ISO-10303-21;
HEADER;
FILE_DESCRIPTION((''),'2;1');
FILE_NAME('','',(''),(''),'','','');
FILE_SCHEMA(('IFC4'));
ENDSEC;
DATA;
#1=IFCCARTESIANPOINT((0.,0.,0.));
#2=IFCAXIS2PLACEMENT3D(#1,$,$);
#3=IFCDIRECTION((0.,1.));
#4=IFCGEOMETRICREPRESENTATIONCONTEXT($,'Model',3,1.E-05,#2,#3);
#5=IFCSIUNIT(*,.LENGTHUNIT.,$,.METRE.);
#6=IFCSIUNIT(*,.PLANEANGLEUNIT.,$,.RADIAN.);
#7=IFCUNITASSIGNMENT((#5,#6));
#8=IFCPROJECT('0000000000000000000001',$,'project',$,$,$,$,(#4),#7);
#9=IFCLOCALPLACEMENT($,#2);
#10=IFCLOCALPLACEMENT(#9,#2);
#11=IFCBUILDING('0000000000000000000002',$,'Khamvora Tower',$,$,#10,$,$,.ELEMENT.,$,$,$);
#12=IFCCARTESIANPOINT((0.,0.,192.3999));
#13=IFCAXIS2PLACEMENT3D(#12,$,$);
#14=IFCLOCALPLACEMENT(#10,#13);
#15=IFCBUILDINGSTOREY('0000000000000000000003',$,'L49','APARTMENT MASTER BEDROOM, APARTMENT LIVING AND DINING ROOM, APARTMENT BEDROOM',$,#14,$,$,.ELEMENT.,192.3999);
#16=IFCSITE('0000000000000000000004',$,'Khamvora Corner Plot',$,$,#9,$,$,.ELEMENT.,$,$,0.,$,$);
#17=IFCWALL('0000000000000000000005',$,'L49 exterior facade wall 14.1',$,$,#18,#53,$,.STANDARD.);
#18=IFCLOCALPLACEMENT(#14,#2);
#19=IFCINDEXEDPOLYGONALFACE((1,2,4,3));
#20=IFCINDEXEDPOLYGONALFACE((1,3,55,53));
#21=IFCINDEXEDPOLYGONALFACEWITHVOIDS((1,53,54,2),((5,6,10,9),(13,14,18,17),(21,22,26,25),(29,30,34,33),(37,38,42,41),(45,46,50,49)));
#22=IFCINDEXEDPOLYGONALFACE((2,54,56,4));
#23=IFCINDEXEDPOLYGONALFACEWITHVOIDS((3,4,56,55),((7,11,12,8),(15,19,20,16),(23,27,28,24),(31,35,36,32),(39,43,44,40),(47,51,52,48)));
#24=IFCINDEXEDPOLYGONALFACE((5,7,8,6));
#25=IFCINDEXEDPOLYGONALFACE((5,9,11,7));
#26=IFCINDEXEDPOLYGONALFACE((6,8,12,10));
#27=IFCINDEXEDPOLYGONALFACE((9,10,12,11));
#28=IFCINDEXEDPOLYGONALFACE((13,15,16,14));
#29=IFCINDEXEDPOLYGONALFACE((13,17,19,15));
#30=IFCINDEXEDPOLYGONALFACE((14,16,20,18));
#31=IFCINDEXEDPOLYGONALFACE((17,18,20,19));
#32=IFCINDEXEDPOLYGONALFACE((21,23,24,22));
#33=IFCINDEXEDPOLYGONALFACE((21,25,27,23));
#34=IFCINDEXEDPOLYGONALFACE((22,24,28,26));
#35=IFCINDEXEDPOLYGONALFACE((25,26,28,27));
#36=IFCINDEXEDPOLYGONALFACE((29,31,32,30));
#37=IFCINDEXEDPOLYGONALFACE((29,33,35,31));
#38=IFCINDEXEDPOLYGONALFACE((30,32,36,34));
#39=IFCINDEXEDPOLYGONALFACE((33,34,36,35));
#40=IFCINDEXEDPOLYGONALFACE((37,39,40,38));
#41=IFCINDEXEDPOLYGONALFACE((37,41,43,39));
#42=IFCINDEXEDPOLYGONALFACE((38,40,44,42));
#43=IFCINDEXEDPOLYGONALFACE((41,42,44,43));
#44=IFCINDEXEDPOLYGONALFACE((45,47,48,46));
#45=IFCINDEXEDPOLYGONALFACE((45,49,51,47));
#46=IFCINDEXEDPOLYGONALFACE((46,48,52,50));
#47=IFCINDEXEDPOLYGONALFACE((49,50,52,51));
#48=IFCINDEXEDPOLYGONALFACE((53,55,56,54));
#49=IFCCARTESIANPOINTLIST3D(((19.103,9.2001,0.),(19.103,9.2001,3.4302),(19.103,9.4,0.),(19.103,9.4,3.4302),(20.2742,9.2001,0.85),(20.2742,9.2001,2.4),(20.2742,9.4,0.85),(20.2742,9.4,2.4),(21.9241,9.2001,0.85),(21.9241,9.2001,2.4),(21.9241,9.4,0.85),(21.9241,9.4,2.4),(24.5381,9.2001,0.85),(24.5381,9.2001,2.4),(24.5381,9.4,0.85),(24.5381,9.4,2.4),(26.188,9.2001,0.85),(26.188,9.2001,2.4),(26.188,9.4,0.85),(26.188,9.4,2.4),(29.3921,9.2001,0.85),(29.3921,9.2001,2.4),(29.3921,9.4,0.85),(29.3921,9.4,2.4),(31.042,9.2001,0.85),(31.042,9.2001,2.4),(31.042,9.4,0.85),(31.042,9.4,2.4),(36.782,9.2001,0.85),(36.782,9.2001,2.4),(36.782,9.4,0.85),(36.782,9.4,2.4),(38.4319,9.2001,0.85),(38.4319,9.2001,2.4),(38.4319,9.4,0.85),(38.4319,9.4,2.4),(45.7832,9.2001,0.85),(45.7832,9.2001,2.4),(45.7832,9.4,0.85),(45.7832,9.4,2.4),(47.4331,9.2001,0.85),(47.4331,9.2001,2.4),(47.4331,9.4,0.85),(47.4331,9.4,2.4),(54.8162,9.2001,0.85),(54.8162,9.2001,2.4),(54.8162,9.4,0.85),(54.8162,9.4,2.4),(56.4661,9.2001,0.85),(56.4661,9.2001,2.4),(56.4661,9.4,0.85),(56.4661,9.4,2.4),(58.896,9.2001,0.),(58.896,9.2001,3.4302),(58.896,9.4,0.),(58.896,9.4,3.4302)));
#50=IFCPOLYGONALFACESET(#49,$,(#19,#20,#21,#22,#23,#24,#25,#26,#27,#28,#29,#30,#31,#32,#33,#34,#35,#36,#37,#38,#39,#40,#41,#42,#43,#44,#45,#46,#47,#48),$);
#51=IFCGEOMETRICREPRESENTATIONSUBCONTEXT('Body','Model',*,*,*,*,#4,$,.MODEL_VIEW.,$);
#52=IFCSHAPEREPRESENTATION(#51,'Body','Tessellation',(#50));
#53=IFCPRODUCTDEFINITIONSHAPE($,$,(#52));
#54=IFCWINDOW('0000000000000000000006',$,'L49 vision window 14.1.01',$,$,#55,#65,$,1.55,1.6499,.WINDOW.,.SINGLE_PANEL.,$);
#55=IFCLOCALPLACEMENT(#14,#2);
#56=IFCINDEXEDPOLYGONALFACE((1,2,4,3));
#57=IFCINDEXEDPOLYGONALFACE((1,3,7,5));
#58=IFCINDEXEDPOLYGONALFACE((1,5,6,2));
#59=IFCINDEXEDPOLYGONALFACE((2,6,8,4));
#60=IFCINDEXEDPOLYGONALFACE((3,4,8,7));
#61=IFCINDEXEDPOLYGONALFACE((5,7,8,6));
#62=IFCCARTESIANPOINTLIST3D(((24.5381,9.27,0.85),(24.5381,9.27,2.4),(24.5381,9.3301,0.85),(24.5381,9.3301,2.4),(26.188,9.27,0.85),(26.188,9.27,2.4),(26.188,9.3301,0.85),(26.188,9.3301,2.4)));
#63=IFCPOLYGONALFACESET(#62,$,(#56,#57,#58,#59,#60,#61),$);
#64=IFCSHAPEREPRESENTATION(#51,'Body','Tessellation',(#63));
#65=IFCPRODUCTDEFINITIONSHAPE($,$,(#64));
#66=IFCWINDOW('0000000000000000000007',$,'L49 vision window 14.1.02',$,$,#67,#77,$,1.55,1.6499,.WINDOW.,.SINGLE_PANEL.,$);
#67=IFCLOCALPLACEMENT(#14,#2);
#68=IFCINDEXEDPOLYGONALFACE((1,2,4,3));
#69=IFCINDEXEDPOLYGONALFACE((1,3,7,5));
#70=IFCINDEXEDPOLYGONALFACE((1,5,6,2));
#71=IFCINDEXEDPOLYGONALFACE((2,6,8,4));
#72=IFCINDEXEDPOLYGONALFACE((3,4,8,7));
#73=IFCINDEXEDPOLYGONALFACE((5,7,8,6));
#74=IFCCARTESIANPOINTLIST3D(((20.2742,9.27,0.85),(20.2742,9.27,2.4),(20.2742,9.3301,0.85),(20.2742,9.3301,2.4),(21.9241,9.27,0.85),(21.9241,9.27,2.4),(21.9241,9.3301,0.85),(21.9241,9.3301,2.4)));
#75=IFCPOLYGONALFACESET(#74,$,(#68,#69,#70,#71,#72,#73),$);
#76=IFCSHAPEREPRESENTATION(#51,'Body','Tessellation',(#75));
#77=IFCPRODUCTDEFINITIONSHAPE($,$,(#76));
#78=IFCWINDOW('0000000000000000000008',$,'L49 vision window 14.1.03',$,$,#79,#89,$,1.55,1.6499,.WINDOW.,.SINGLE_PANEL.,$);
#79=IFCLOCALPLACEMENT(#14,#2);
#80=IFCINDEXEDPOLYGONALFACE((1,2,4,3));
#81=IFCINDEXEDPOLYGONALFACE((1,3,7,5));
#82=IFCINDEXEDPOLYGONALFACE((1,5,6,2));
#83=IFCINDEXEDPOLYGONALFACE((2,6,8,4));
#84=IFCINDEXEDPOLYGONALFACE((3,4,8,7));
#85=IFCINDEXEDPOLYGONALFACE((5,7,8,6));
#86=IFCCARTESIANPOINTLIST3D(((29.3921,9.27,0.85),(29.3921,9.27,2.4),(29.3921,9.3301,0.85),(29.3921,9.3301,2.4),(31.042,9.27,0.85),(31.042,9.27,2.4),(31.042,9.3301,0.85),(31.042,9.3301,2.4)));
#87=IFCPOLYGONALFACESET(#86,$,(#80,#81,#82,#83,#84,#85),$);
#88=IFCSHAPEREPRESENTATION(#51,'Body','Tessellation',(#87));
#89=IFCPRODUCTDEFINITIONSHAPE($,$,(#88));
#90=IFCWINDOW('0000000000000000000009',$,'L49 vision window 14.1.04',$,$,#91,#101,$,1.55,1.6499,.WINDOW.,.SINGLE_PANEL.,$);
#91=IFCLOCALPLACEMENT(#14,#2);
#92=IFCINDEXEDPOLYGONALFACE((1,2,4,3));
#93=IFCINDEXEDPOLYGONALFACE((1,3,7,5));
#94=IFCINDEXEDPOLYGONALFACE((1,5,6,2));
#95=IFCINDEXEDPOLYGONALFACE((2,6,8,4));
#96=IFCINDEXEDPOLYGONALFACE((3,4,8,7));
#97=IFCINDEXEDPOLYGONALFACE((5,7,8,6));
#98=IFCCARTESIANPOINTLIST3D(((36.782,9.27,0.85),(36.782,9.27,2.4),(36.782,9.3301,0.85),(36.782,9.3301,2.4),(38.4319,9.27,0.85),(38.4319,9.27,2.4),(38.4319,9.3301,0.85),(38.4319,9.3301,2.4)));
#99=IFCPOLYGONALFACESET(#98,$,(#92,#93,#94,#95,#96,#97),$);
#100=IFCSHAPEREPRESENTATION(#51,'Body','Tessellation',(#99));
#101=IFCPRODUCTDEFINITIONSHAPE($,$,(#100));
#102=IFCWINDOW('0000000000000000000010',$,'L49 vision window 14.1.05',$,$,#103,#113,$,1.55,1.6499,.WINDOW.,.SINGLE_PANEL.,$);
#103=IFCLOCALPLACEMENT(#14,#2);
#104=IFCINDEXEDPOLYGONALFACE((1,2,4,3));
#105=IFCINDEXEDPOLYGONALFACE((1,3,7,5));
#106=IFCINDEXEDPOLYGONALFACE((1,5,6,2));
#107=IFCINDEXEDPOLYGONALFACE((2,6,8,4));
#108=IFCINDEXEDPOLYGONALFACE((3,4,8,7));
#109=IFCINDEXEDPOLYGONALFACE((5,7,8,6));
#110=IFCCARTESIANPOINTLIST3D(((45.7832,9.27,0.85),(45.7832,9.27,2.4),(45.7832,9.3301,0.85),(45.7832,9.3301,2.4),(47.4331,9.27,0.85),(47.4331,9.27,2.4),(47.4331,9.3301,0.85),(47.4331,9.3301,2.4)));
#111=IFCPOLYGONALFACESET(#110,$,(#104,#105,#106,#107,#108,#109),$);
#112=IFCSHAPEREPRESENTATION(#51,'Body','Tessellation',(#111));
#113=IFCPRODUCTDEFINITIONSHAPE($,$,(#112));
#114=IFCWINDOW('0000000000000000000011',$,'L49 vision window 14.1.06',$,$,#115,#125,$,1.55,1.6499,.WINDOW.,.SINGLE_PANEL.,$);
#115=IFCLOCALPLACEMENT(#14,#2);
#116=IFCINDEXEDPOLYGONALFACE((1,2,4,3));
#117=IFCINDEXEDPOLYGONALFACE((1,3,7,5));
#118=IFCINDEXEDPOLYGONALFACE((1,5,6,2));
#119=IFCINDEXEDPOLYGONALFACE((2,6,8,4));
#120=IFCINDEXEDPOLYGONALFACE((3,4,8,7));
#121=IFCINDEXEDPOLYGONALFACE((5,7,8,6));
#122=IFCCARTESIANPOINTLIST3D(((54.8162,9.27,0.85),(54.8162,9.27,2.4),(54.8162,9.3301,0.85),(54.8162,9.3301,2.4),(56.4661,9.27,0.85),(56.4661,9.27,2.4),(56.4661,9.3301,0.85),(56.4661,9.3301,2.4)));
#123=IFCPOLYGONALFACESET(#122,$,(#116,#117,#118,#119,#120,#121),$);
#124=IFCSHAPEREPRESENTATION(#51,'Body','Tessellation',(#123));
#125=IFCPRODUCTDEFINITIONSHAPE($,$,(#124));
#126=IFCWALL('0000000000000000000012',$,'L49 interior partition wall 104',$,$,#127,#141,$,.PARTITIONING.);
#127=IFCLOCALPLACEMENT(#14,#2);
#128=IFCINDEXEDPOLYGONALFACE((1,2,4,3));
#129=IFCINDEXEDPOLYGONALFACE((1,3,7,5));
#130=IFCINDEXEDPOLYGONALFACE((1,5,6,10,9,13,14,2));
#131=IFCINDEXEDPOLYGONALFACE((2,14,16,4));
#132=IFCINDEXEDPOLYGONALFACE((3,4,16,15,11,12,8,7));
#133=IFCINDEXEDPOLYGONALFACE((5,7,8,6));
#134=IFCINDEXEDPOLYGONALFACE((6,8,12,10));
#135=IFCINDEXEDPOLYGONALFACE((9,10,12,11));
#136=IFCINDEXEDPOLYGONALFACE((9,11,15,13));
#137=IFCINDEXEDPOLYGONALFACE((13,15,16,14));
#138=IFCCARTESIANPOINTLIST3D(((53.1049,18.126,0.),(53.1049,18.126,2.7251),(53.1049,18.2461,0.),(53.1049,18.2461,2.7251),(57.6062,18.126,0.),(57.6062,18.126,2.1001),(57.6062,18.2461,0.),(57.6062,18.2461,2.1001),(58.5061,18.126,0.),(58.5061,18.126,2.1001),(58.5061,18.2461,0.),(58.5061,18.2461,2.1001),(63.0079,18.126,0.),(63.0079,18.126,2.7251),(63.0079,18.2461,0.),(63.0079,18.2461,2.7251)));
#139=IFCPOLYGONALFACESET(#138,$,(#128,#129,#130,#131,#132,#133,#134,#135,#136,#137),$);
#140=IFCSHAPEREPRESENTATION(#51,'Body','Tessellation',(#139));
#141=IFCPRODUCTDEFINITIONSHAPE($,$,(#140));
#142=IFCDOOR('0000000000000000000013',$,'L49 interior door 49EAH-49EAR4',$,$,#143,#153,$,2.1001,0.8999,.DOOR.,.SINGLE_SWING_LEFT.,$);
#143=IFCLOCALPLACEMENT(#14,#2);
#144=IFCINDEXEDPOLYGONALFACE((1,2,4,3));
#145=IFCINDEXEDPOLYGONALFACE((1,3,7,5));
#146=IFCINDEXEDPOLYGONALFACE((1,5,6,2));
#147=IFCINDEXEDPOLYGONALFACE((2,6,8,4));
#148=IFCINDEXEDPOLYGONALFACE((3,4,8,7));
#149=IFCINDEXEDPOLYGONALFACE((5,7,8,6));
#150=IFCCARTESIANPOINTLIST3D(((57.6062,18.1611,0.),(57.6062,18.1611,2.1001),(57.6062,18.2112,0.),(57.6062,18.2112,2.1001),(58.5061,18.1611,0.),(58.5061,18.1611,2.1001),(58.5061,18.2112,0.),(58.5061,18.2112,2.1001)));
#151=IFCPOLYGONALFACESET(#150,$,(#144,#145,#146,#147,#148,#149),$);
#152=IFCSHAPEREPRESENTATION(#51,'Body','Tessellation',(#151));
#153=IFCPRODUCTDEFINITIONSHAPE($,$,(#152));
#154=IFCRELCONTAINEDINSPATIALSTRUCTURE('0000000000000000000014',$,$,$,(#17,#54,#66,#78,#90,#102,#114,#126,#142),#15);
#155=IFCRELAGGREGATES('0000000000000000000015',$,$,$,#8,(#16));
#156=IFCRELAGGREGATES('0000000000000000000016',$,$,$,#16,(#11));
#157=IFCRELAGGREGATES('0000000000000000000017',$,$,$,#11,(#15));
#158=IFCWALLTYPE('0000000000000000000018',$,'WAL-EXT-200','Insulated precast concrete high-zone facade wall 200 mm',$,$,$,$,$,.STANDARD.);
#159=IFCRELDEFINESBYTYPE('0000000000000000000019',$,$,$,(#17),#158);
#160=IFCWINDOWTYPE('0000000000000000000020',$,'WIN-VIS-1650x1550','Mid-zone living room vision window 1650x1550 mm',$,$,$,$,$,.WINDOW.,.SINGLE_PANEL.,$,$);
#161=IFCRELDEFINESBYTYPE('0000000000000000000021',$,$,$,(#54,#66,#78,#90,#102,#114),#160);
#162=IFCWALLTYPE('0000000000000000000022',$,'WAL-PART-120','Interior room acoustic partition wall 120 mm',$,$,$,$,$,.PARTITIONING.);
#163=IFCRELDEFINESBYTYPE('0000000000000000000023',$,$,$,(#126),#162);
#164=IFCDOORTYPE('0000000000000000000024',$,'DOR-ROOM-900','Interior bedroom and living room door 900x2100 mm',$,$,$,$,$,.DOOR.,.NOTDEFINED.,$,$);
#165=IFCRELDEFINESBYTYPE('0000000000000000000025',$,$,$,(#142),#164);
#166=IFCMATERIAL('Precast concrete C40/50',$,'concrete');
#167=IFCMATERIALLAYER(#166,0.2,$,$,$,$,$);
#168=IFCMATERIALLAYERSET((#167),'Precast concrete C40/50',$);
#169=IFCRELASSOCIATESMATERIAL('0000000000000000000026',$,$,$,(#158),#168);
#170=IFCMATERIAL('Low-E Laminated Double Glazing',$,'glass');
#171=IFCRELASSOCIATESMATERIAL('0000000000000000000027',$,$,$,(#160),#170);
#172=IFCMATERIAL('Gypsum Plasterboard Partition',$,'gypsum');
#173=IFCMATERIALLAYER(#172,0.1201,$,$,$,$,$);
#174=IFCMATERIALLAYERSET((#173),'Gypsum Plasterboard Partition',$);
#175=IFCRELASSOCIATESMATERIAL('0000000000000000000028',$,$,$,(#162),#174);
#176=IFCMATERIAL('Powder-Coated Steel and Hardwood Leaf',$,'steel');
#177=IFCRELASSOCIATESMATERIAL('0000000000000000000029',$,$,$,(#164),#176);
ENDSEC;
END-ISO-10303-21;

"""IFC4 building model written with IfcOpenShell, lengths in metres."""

from ifc_helpers import new_model, si_unit, direction, frame, frame_2d, origin, place, context, subcontext, project, spatial, rectangle, extrude, material, layer, layer_set, type_object, element, fill, save


model = new_model("IFC4")

# Units and contexts
model_context = context("Model", 3, precision=1e-05, world=origin(), true_north=direction((0.0, 1.0)))
body_context = subcontext(model_context, "Body", "Model", "MODEL_VIEW")
ifc_project = project(units=[si_unit("LENGTHUNIT", "METRE"), si_unit("PLANEANGLEUNIT", "RADIAN")], contexts=[model_context])

# Site, building, storey
site_placement = place(None, origin())
site = spatial("IfcSite", under=ifc_project, at=site_placement, Name="Khamvora Corner Plot", CompositionType="ELEMENT", RefElevation=0.0)
building_placement = place(site_placement, origin())
building = spatial("IfcBuilding", under=site, at=building_placement, Name="Khamvora Tower", CompositionType="ELEMENT")
storey_placement = place(building_placement, frame((0.0, 0.0, 192.3999)))
storey = spatial("IfcBuildingStorey", under=building, at=storey_placement, Name="L49", Description="APARTMENT MASTER BEDROOM, APARTMENT LIVING AND DINING ROOM, APARTMENT BEDROOM", CompositionType="ELEMENT", Elevation=192.3999)

# Shared definitions
ifc_material_1 = material(Name="Precast concrete C40/50", Category="concrete")
ifc_layer_1 = layer(ifc_material_1, 0.2)
ifc_layer_set_1 = layer_set([ifc_layer_1], Name="Precast concrete C40/50")
wall_type_1 = type_object("IfcWallType", Name="WAL-EXT-200", Description="Insulated precast concrete high-zone facade wall 200 mm", PredefinedType="STANDARD", material=ifc_layer_set_1)

# Wall, openings, windows
wall_1_placement = place(storey_placement, frame((58.896, 9.3, 0.0), z_axis=(0.0, 0.0, 1.0), x_axis=(-1.0, 0.0, 0.0)))
wall_1 = element("IfcWall", 1, at=wall_1_placement, inside=storey, type_object=wall_type_1, Name="L49 exterior facade wall 14.1", PredefinedType="STANDARD", context=body_context, shape_type="SweptSolid", body=[
    extrude(rectangle(XDim=39.793, YDim=0.2, at=frame_2d((19.8965, 0.0))), origin(), (0.0, 0.0, 1.0), 3.4302),
])
opening_1_placement = place(wall_1_placement, frame((32.708, 0.0, 0.8501)))
opening_1 = element("IfcOpeningElement", 2, at=opening_1_placement, cuts=wall_1, PredefinedType="OPENING", context=body_context, shape_type="SweptSolid", body=[
    extrude(rectangle(XDim=1.6499, YDim=1.55, at=frame_2d((0.825, 0.7749))), frame((0.0, 0.1099, 0.0), z_axis=(0.0, -1.0, 0.0), x_axis=(1.0, 0.0, 0.0)), (0.0, 0.0, 1.0), 0.22),
])
opening_2_placement = place(wall_1_placement, frame((36.9719, 0.0, 0.8501)))
opening_2 = element("IfcOpeningElement", 3, at=opening_2_placement, cuts=wall_1, PredefinedType="OPENING", context=body_context, shape_type="SweptSolid", body=[
    extrude(rectangle(XDim=1.6499, YDim=1.55, at=frame_2d((0.825, 0.7749))), frame((0.0, 0.1099, 0.0), z_axis=(0.0, -1.0, 0.0), x_axis=(1.0, 0.0, 0.0)), (0.0, 0.0, 1.0), 0.22),
])
opening_3_placement = place(wall_1_placement, frame((27.854, 0.0, 0.8501)))
opening_3 = element("IfcOpeningElement", 4, at=opening_3_placement, cuts=wall_1, PredefinedType="OPENING", context=body_context, shape_type="SweptSolid", body=[
    extrude(rectangle(XDim=1.6499, YDim=1.55, at=frame_2d((0.825, 0.7749))), frame((0.0, 0.1099, 0.0), z_axis=(0.0, -1.0, 0.0), x_axis=(1.0, 0.0, 0.0)), (0.0, 0.0, 1.0), 0.22),
])
opening_4_placement = place(wall_1_placement, frame((20.4641, 0.0, 0.8501)))
opening_4 = element("IfcOpeningElement", 5, at=opening_4_placement, cuts=wall_1, PredefinedType="OPENING", context=body_context, shape_type="SweptSolid", body=[
    extrude(rectangle(XDim=1.6499, YDim=1.55, at=frame_2d((0.825, 0.7749))), frame((0.0, 0.1099, 0.0), z_axis=(0.0, -1.0, 0.0), x_axis=(1.0, 0.0, 0.0)), (0.0, 0.0, 1.0), 0.22),
])
opening_5_placement = place(wall_1_placement, frame((11.4629, 0.0, 0.8501)))
opening_5 = element("IfcOpeningElement", 6, at=opening_5_placement, cuts=wall_1, PredefinedType="OPENING", context=body_context, shape_type="SweptSolid", body=[
    extrude(rectangle(XDim=1.6499, YDim=1.55, at=frame_2d((0.825, 0.7749))), frame((0.0, 0.1099, 0.0), z_axis=(0.0, -1.0, 0.0), x_axis=(1.0, 0.0, 0.0)), (0.0, 0.0, 1.0), 0.22),
])
opening_6_placement = place(wall_1_placement, frame((2.4299, 0.0, 0.8501)))
opening_6 = element("IfcOpeningElement", 7, at=opening_6_placement, cuts=wall_1, PredefinedType="OPENING", context=body_context, shape_type="SweptSolid", body=[
    extrude(rectangle(XDim=1.6499, YDim=1.55, at=frame_2d((0.825, 0.7749))), frame((0.0, 0.1099, 0.0), z_axis=(0.0, -1.0, 0.0), x_axis=(1.0, 0.0, 0.0)), (0.0, 0.0, 1.0), 0.22),
])
ifc_material_2 = material(Name="Low-E Laminated Double Glazing", Category="glass")
window_type = type_object("IfcWindowType", Name="WIN-VIS-1650x1550", Description="Mid-zone living room vision window 1650x1550 mm", PartitioningType="SINGLE_PANEL", PredefinedType="WINDOW", material=ifc_material_2)
window_1_placement = place(opening_1_placement, origin())
window_1 = element("IfcWindow", 8, at=window_1_placement, inside=storey, type_object=window_type, Name="L49 vision window 14.1.01", OverallHeight=1.55, OverallWidth=1.6499, PartitioningType="SINGLE_PANEL", PredefinedType="WINDOW", context=body_context, shape_type="SweptSolid", body=[
    extrude(rectangle(XDim=1.6499, YDim=1.55, at=frame_2d((0.825, 0.7749))), frame((0.0, 0.03, 0.0), z_axis=(0.0, -1.0, 0.0), x_axis=(1.0, 0.0, 0.0)), (0.0, 0.0, 1.0), 0.0601),
])
fill(opening_1, window_1)
window_2_placement = place(opening_2_placement, origin())
window_2 = element("IfcWindow", 9, at=window_2_placement, inside=storey, type_object=window_type, Name="L49 vision window 14.1.02", OverallHeight=1.55, OverallWidth=1.6499, PartitioningType="SINGLE_PANEL", PredefinedType="WINDOW", context=body_context, shape_type="SweptSolid", body=[
    extrude(rectangle(XDim=1.6499, YDim=1.55, at=frame_2d((0.825, 0.7749))), frame((0.0, 0.03, 0.0), z_axis=(0.0, -1.0, 0.0), x_axis=(1.0, 0.0, 0.0)), (0.0, 0.0, 1.0), 0.0601),
])
fill(opening_2, window_2)
window_3_placement = place(opening_3_placement, origin())
window_3 = element("IfcWindow", 10, at=window_3_placement, inside=storey, type_object=window_type, Name="L49 vision window 14.1.03", OverallHeight=1.55, OverallWidth=1.6499, PartitioningType="SINGLE_PANEL", PredefinedType="WINDOW", context=body_context, shape_type="SweptSolid", body=[
    extrude(rectangle(XDim=1.6499, YDim=1.55, at=frame_2d((0.825, 0.7749))), frame((0.0, 0.03, 0.0), z_axis=(0.0, -1.0, 0.0), x_axis=(1.0, 0.0, 0.0)), (0.0, 0.0, 1.0), 0.0601),
])
fill(opening_3, window_3)
window_4_placement = place(opening_4_placement, origin())
window_4 = element("IfcWindow", 11, at=window_4_placement, inside=storey, type_object=window_type, Name="L49 vision window 14.1.04", OverallHeight=1.55, OverallWidth=1.6499, PartitioningType="SINGLE_PANEL", PredefinedType="WINDOW", context=body_context, shape_type="SweptSolid", body=[
    extrude(rectangle(XDim=1.6499, YDim=1.55, at=frame_2d((0.825, 0.7749))), frame((0.0, 0.03, 0.0), z_axis=(0.0, -1.0, 0.0), x_axis=(1.0, 0.0, 0.0)), (0.0, 0.0, 1.0), 0.0601),
])
fill(opening_4, window_4)
window_5_placement = place(opening_5_placement, origin())
window_5 = element("IfcWindow", 12, at=window_5_placement, inside=storey, type_object=window_type, Name="L49 vision window 14.1.05", OverallHeight=1.55, OverallWidth=1.6499, PartitioningType="SINGLE_PANEL", PredefinedType="WINDOW", context=body_context, shape_type="SweptSolid", body=[
    extrude(rectangle(XDim=1.6499, YDim=1.55, at=frame_2d((0.825, 0.7749))), frame((0.0, 0.03, 0.0), z_axis=(0.0, -1.0, 0.0), x_axis=(1.0, 0.0, 0.0)), (0.0, 0.0, 1.0), 0.0601),
])
fill(opening_5, window_5)
window_6_placement = place(opening_6_placement, origin())
window_6 = element("IfcWindow", 13, at=window_6_placement, inside=storey, type_object=window_type, Name="L49 vision window 14.1.06", OverallHeight=1.55, OverallWidth=1.6499, PartitioningType="SINGLE_PANEL", PredefinedType="WINDOW", context=body_context, shape_type="SweptSolid", body=[
    extrude(rectangle(XDim=1.6499, YDim=1.55, at=frame_2d((0.825, 0.7749))), frame((0.0, 0.03, 0.0), z_axis=(0.0, -1.0, 0.0), x_axis=(1.0, 0.0, 0.0)), (0.0, 0.0, 1.0), 0.0601),
])
fill(opening_6, window_6)

# Wall, opening, door
ifc_material_3 = material(Name="Gypsum Plasterboard Partition", Category="gypsum")
ifc_layer_2 = layer(ifc_material_3, 0.1201)
ifc_layer_set_2 = layer_set([ifc_layer_2], Name="Gypsum Plasterboard Partition")
wall_type_2 = type_object("IfcWallType", Name="WAL-PART-120", Description="Interior room acoustic partition wall 120 mm", PredefinedType="PARTITIONING", material=ifc_layer_set_2)
wall_2_placement = place(storey_placement, frame((63.0081, 18.186, 0.0), z_axis=(0.0, 0.0, 1.0), x_axis=(-1.0, 0.0, 0.0)))
wall_2 = element("IfcWall", 14, at=wall_2_placement, inside=storey, type_object=wall_type_2, Name="L49 interior partition wall 104", PredefinedType="PARTITIONING", context=body_context, shape_type="SweptSolid", body=[
    extrude(rectangle(XDim=9.9031, YDim=0.1201, at=frame_2d((4.9517, 0.0))), origin(), (0.0, 0.0, 1.0), 2.7251),
])
opening_7_placement = place(wall_2_placement, frame((4.502, 0.0, 0.0)))
opening_7 = element("IfcOpeningElement", 15, at=opening_7_placement, cuts=wall_2, PredefinedType="OPENING", context=body_context, shape_type="SweptSolid", body=[
    extrude(rectangle(XDim=0.8999, YDim=2.1001, at=frame_2d((0.45, 1.05))), frame((0.0, 0.0701, 0.0), z_axis=(0.0, -1.0, 0.0), x_axis=(1.0, 0.0, 0.0)), (0.0, 0.0, 1.0), 0.1401),
])
ifc_material_4 = material(Name="Powder-Coated Steel and Hardwood Leaf", Category="steel")
door_type = type_object("IfcDoorType", Name="DOR-ROOM-900", Description="Interior bedroom and living room door 900x2100 mm", OperationType="NOTDEFINED", PredefinedType="DOOR", material=ifc_material_4)
door_placement = place(opening_7_placement, origin())
door = element("IfcDoor", 16, at=door_placement, inside=storey, type_object=door_type, Name="L49 interior door 49EAH-49EAR4", OperationType="SINGLE_SWING_LEFT", OverallHeight=2.1001, OverallWidth=0.8999, PredefinedType="DOOR", context=body_context, shape_type="SweptSolid", body=[
    extrude(rectangle(XDim=0.8999, YDim=2.1001, at=frame_2d((0.45, 1.05))), frame((0.0, 0.0249, 0.0), z_axis=(0.0, -1.0, 0.0), x_axis=(1.0, 0.0, 0.0)), (0.0, 0.0, 1.0), 0.05),
])
fill(opening_7, door)

save(model, "model.ifc")
